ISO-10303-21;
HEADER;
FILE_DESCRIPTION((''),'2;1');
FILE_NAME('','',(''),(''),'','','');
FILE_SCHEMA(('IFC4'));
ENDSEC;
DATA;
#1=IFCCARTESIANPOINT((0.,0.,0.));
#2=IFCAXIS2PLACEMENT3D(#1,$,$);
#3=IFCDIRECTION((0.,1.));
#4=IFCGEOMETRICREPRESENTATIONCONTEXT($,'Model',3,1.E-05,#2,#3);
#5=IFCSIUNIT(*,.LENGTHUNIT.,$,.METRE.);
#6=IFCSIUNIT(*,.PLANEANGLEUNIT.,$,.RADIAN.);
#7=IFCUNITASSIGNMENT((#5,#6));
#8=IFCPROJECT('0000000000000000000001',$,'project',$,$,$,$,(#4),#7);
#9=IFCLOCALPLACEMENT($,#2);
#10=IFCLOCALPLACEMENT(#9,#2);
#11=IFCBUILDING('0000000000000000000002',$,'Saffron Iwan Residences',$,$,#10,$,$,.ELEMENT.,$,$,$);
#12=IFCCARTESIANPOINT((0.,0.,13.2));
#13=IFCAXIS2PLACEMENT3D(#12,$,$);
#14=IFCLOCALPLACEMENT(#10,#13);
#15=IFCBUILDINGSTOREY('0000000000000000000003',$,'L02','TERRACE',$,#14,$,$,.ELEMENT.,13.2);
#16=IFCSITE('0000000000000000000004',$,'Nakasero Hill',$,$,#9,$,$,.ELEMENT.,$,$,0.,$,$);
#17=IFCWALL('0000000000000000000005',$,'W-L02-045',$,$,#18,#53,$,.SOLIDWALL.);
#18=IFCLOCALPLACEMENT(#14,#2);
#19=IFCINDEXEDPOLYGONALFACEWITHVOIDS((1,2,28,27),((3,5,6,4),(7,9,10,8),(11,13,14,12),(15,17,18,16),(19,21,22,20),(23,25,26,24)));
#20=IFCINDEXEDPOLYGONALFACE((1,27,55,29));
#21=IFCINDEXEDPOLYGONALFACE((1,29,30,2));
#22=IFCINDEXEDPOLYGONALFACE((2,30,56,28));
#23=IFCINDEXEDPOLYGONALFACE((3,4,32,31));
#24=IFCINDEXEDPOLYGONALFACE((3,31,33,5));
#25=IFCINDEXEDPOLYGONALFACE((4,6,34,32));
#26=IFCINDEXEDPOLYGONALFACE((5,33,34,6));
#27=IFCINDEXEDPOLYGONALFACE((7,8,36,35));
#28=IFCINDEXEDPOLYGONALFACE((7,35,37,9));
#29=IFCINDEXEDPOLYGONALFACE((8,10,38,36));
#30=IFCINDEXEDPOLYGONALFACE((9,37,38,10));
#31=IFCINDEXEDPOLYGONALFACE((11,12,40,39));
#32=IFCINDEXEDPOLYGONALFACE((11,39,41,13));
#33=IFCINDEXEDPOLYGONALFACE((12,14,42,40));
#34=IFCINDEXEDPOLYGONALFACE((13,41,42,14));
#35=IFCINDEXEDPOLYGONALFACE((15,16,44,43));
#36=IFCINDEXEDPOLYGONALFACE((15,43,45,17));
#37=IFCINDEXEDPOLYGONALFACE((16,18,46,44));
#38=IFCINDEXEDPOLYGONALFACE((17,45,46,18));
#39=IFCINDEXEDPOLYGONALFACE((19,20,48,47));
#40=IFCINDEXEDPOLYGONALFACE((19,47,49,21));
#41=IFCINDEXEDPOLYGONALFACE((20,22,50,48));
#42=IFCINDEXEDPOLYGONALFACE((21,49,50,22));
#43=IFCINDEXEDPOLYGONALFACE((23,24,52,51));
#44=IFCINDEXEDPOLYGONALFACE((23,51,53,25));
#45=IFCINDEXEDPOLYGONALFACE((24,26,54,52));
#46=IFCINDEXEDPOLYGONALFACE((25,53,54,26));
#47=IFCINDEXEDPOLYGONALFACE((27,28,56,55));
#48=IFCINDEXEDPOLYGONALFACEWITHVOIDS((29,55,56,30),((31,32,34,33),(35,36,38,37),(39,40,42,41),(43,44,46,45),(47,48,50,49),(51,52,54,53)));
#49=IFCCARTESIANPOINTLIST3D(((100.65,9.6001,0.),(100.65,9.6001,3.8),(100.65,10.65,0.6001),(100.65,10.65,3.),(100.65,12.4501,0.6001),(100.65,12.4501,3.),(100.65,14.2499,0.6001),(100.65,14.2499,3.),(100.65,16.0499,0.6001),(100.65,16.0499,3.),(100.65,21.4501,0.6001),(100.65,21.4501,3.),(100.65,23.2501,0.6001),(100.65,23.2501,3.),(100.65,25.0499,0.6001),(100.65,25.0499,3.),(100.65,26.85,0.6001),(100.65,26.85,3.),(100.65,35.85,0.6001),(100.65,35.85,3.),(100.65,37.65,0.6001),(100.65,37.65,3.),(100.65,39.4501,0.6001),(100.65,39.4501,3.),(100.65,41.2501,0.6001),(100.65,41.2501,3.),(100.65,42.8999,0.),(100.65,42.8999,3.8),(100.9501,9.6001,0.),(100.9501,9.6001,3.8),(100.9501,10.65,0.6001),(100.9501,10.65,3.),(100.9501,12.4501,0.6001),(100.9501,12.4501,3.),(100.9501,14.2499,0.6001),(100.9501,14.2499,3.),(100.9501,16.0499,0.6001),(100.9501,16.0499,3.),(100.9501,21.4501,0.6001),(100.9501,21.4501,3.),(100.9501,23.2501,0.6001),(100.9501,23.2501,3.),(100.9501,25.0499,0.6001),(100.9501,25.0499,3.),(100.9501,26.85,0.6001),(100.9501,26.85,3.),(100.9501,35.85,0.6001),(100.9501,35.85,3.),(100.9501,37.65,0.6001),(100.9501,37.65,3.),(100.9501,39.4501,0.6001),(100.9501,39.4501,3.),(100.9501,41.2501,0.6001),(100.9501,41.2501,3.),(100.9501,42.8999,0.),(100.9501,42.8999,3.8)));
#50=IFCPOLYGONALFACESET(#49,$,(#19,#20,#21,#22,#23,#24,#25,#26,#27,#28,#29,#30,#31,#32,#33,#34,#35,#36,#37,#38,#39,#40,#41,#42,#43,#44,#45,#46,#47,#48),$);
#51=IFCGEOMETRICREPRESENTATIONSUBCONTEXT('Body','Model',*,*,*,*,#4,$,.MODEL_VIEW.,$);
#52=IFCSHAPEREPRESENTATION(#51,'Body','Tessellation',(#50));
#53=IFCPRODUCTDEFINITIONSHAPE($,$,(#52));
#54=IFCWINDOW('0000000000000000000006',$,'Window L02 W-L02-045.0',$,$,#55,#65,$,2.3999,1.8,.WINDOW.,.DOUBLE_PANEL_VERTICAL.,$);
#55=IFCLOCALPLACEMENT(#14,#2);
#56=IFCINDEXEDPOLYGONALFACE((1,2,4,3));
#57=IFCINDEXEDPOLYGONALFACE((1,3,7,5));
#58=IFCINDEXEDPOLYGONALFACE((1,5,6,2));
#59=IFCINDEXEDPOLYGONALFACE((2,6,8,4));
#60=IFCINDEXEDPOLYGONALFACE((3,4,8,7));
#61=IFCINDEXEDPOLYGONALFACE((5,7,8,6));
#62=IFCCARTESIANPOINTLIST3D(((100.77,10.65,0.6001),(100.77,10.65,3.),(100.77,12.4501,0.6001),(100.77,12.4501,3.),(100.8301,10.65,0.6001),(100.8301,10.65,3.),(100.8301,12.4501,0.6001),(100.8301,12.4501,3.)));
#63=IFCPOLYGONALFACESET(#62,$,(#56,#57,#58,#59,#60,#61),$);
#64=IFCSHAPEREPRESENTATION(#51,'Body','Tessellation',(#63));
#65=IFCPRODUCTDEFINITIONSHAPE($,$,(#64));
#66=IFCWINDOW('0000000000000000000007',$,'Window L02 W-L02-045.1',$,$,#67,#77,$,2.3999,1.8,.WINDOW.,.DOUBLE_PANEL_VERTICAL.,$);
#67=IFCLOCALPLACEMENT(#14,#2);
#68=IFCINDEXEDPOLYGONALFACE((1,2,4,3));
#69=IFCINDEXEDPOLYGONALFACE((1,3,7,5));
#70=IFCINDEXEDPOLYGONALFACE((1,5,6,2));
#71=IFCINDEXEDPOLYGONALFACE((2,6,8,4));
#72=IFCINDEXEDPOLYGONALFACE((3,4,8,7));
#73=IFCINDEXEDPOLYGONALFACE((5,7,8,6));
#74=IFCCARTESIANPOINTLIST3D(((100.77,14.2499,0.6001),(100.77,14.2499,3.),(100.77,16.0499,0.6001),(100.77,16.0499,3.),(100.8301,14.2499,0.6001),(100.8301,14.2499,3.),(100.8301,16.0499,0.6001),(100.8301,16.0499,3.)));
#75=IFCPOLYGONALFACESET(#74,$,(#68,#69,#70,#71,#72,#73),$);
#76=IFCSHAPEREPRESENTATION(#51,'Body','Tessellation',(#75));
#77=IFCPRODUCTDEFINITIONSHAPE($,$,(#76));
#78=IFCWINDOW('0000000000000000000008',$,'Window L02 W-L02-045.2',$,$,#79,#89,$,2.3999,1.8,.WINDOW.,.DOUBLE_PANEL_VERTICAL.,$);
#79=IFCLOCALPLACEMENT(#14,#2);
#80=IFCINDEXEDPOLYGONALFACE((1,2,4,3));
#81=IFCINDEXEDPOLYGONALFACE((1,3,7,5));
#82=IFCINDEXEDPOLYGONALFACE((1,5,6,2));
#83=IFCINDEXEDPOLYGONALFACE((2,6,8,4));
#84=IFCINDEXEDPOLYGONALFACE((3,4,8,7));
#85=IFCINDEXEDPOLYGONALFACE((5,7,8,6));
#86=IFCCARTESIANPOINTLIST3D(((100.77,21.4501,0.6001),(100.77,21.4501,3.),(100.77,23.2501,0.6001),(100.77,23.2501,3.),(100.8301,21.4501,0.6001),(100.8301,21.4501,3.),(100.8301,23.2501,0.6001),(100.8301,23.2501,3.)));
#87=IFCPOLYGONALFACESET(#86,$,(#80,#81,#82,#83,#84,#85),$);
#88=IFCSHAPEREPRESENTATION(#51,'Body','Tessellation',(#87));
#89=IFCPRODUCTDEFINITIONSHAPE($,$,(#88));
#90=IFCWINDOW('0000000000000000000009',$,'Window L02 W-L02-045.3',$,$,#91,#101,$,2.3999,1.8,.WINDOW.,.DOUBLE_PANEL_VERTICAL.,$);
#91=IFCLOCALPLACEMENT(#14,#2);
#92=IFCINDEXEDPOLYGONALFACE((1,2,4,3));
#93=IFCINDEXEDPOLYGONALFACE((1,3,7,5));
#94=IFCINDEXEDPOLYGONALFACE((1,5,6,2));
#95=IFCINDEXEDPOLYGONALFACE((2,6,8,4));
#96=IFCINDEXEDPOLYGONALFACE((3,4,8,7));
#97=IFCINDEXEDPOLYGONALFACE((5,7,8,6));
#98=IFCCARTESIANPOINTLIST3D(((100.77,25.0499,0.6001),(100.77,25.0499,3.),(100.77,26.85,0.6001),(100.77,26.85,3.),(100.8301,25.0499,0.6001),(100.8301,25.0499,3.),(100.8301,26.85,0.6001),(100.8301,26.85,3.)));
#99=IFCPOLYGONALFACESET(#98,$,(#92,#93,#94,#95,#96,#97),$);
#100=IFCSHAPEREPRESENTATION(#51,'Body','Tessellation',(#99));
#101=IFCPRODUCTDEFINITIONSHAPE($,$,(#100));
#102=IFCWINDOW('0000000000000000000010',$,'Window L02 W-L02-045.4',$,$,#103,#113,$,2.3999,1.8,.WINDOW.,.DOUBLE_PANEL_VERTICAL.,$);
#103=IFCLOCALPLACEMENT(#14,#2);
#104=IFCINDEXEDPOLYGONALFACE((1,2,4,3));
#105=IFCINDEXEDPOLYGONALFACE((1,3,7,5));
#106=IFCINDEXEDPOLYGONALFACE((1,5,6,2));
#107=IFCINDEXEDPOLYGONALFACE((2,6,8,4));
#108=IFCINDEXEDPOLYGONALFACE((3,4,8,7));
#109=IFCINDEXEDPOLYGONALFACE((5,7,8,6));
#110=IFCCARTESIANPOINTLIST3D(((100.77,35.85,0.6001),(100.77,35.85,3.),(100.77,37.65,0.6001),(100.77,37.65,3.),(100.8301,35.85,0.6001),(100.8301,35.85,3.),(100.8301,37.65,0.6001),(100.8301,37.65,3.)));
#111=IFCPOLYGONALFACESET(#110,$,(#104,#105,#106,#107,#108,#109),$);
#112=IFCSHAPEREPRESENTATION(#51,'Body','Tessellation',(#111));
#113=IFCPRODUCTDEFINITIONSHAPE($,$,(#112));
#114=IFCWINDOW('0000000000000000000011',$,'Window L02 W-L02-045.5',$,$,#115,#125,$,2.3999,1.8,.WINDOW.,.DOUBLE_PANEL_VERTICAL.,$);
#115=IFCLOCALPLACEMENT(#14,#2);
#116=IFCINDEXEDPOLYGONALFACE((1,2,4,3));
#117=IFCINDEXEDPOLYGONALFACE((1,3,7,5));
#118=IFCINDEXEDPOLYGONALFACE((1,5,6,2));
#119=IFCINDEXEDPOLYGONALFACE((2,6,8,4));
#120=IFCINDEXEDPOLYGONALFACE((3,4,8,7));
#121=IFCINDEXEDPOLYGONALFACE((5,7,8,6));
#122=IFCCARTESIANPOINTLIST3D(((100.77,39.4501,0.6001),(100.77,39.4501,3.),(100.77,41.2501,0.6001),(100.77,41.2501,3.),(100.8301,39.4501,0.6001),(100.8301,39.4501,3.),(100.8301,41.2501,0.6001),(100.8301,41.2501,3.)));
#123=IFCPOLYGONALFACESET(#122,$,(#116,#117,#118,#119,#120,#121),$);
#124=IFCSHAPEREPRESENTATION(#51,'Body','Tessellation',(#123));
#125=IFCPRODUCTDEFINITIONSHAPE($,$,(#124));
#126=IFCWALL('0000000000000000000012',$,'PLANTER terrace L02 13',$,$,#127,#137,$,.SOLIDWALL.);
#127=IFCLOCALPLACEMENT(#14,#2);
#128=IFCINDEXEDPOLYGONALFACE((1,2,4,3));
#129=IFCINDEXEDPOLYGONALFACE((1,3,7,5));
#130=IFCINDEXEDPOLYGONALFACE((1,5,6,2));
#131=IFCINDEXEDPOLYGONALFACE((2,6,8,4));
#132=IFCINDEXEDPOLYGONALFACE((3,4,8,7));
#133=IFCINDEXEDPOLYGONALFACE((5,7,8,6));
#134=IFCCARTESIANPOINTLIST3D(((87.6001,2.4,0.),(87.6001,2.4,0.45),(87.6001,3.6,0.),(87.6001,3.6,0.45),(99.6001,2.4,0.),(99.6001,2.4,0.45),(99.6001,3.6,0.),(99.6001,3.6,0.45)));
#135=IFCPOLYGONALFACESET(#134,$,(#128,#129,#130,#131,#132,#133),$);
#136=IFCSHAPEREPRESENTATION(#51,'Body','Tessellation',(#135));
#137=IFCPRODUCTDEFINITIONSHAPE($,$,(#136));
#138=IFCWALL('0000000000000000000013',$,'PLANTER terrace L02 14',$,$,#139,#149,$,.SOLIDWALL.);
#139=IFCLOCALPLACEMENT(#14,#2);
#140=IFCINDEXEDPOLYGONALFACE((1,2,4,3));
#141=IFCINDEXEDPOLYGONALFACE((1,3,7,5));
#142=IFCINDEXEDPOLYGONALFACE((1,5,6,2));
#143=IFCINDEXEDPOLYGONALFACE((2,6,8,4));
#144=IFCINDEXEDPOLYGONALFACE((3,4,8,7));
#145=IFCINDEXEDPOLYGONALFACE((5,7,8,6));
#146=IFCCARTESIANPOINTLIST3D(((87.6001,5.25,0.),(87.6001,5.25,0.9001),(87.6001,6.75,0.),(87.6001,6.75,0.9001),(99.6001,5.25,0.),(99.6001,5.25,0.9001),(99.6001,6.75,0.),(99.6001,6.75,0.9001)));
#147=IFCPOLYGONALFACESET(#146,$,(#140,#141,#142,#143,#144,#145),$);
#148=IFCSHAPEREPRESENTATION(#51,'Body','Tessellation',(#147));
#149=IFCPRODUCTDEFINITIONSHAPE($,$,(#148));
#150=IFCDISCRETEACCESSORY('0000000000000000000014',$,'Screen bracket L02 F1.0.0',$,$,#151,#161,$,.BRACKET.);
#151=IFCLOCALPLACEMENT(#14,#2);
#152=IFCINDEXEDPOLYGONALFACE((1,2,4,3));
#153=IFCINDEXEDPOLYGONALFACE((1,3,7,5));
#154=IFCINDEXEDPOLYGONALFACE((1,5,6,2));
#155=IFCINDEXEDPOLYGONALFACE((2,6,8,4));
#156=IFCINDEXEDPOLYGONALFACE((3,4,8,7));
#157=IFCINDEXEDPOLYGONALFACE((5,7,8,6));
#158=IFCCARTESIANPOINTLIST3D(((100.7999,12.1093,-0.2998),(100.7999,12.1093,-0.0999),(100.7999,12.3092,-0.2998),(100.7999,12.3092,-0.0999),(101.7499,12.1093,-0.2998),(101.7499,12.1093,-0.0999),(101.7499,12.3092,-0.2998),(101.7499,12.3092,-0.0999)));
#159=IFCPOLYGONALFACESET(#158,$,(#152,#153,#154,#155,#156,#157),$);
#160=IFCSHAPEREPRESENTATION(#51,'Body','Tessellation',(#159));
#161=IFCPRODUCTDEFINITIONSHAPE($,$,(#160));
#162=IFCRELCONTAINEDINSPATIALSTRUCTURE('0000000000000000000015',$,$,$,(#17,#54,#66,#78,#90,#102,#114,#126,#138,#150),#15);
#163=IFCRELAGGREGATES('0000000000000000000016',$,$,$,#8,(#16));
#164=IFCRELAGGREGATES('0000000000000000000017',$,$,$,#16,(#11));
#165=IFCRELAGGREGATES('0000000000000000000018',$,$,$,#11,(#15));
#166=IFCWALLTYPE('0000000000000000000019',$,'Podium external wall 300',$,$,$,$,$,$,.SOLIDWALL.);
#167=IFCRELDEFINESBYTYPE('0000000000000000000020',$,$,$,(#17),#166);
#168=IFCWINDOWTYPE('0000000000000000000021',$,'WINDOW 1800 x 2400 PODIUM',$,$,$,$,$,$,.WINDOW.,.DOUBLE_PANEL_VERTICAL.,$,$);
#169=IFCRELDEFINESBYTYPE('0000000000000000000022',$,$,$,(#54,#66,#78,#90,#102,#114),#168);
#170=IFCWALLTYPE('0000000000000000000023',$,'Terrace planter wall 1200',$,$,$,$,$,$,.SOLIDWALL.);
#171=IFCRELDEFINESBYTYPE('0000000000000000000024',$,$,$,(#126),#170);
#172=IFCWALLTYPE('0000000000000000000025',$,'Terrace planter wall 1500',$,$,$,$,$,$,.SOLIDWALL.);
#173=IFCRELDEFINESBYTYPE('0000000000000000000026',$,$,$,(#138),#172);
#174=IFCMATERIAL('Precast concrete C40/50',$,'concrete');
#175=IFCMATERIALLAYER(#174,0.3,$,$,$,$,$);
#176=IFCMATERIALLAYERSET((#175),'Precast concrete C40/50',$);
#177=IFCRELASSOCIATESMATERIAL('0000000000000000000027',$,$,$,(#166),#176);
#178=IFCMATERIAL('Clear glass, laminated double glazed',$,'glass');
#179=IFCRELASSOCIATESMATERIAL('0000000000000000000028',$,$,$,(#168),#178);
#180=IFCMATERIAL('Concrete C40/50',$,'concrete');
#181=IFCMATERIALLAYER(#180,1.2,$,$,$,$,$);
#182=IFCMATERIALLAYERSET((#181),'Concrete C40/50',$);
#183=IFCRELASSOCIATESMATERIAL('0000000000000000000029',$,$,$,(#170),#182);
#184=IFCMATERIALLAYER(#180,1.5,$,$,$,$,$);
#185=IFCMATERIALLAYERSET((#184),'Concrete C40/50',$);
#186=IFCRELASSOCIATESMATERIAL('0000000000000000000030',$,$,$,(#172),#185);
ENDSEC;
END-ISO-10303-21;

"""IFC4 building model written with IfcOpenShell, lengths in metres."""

from ifc_helpers import new_model, si_unit, direction, frame, frame_2d, origin, origin_2d, place, context, subcontext, project, spatial, rectangle, extrude, source, transform, mapped, material, layer, layer_set, type_object, element, fill, save


model = new_model("IFC4")

# Units and contexts
model_context = context("Model", 3, precision=1e-05, world=origin(), true_north=direction((0.0, 1.0)))
body_context = subcontext(model_context, "Body", "Model", "MODEL_VIEW")
ifc_project = project(units=[si_unit("LENGTHUNIT", "METRE"), si_unit("PLANEANGLEUNIT", "RADIAN")], contexts=[model_context])

# Site, building, storey
site_placement = place(None, origin())
site = spatial("IfcSite", under=ifc_project, at=site_placement, Name="Nakasero Hill", CompositionType="ELEMENT", RefElevation=0.0)
building_placement = place(site_placement, origin())
building = spatial("IfcBuilding", under=site, at=building_placement, Name="Saffron Iwan Residences", CompositionType="ELEMENT")
storey_placement = place(building_placement, frame((0.0, 0.0, 13.2)))
storey = spatial("IfcBuildingStorey", under=building, at=storey_placement, Name="L02", Description="TERRACE", CompositionType="ELEMENT", Elevation=13.2)

# Shared definitions
ifc_material_1 = material(Name="Concrete C40/50", Category="concrete")

# Wall, openings, windows
ifc_material_2 = material(Name="Precast concrete C40/50", Category="concrete")
ifc_layer_1 = layer(ifc_material_2, 0.3)
ifc_layer_set_1 = layer_set([ifc_layer_1], Name="Precast concrete C40/50")
wall_type_1 = type_object("IfcWallType", Name="Podium external wall 300", PredefinedType="SOLIDWALL", material=ifc_layer_set_1)
wall_1_placement = place(storey_placement, frame((100.8, 9.6001, 0.0), z_axis=(0.0, 0.0, 1.0), x_axis=(0.0, 1.0, 0.0)))
wall_1 = element("IfcWall", 1, at=wall_1_placement, inside=storey, type_object=wall_type_1, Name="W-L02-045", PredefinedType="SOLIDWALL", context=body_context, shape_type="SweptSolid", body=[
    extrude(rectangle(XDim=33.2998, YDim=0.3, at=frame_2d((16.6499, 0.0))), origin(), (0.0, 0.0, 1.0), 3.8),
])
opening_1_placement = place(wall_1_placement, frame((1.05, 0.0, 0.6001)))
opening_1 = element("IfcOpeningElement", 2, at=opening_1_placement, cuts=wall_1, PredefinedType="OPENING", context=body_context, shape_type="SweptSolid", body=[
    extrude(rectangle(XDim=1.8, YDim=2.3999, at=frame_2d((0.8999, 1.2))), frame((0.0, 0.1602, 0.0), z_axis=(0.0, -1.0, 0.0), x_axis=(1.0, 0.0, 0.0)), (0.0, 0.0, 1.0), 0.3201),
])
opening_2_placement = place(wall_1_placement, frame((4.6499, 0.0, 0.6001)))
opening_2 = element("IfcOpeningElement", 3, at=opening_2_placement, cuts=wall_1, PredefinedType="OPENING", context=body_context, shape_type="SweptSolid", body=[
    extrude(rectangle(XDim=1.8, YDim=2.3999, at=frame_2d((0.8999, 1.2))), frame((0.0, 0.1602, 0.0), z_axis=(0.0, -1.0, 0.0), x_axis=(1.0, 0.0, 0.0)), (0.0, 0.0, 1.0), 0.3201),
])
opening_3_placement = place(wall_1_placement, frame((11.8501, 0.0, 0.6001)))
opening_3 = element("IfcOpeningElement", 4, at=opening_3_placement, cuts=wall_1, PredefinedType="OPENING", context=body_context, shape_type="SweptSolid", body=[
    extrude(rectangle(XDim=1.8, YDim=2.3999, at=frame_2d((0.8999, 1.2))), frame((0.0, 0.1602, 0.0), z_axis=(0.0, -1.0, 0.0), x_axis=(1.0, 0.0, 0.0)), (0.0, 0.0, 1.0), 0.3201),
])
opening_4_placement = place(wall_1_placement, frame((15.45, 0.0, 0.6001)))
opening_4 = element("IfcOpeningElement", 5, at=opening_4_placement, cuts=wall_1, PredefinedType="OPENING", context=body_context, shape_type="SweptSolid", body=[
    extrude(rectangle(XDim=1.8, YDim=2.3999, at=frame_2d((0.8999, 1.2))), frame((0.0, 0.1602, 0.0), z_axis=(0.0, -1.0, 0.0), x_axis=(1.0, 0.0, 0.0)), (0.0, 0.0, 1.0), 0.3201),
])
opening_5_placement = place(wall_1_placement, frame((26.25, 0.0, 0.6001)))
opening_5 = element("IfcOpeningElement", 6, at=opening_5_placement, cuts=wall_1, PredefinedType="OPENING", context=body_context, shape_type="SweptSolid", body=[
    extrude(rectangle(XDim=1.8, YDim=2.3999, at=frame_2d((0.8999, 1.2))), frame((0.0, 0.1602, 0.0), z_axis=(0.0, -1.0, 0.0), x_axis=(1.0, 0.0, 0.0)), (0.0, 0.0, 1.0), 0.3201),
])
opening_6_placement = place(wall_1_placement, frame((29.8501, 0.0, 0.6001)))
opening_6 = element("IfcOpeningElement", 7, at=opening_6_placement, cuts=wall_1, PredefinedType="OPENING", context=body_context, shape_type="SweptSolid", body=[
    extrude(rectangle(XDim=1.8, YDim=2.3999, at=frame_2d((0.8999, 1.2))), frame((0.0, 0.1602, 0.0), z_axis=(0.0, -1.0, 0.0), x_axis=(1.0, 0.0, 0.0)), (0.0, 0.0, 1.0), 0.3201),
])
ifc_material_3 = material(Name="Clear glass, laminated double glazed", Category="glass")
window_type = type_object("IfcWindowType", Name="WINDOW 1800 x 2400 PODIUM", PartitioningType="DOUBLE_PANEL_VERTICAL", PredefinedType="WINDOW", material=ifc_material_3)
window_1_placement = place(opening_1_placement, origin())
window_1 = element("IfcWindow", 8, at=window_1_placement, inside=storey, type_object=window_type, Name="Window L02 W-L02-045.0", OverallHeight=2.3999, OverallWidth=1.8, PartitioningType="DOUBLE_PANEL_VERTICAL", PredefinedType="WINDOW", context=body_context, shape_type="SweptSolid", body=[
    extrude(rectangle(XDim=1.8, YDim=2.3999, at=frame_2d((0.8999, 1.2))), frame((0.0, 0.03, 0.0), z_axis=(0.0, -1.0, 0.0), x_axis=(1.0, 0.0, 0.0)), (0.0, 0.0, 1.0), 0.0601),
])
fill(opening_1, window_1)
window_2_placement = place(opening_2_placement, origin())
window_2 = element("IfcWindow", 9, at=window_2_placement, inside=storey, type_object=window_type, Name="Window L02 W-L02-045.1", OverallHeight=2.3999, OverallWidth=1.8, PartitioningType="DOUBLE_PANEL_VERTICAL", PredefinedType="WINDOW", context=body_context, shape_type="SweptSolid", body=[
    extrude(rectangle(XDim=1.8, YDim=2.3999, at=frame_2d((0.8999, 1.2))), frame((0.0, 0.03, 0.0), z_axis=(0.0, -1.0, 0.0), x_axis=(1.0, 0.0, 0.0)), (0.0, 0.0, 1.0), 0.0601),
])
fill(opening_2, window_2)
window_3_placement = place(opening_3_placement, origin())
window_3 = element("IfcWindow", 10, at=window_3_placement, inside=storey, type_object=window_type, Name="Window L02 W-L02-045.2", OverallHeight=2.3999, OverallWidth=1.8, PartitioningType="DOUBLE_PANEL_VERTICAL", PredefinedType="WINDOW", context=body_context, shape_type="SweptSolid", body=[
    extrude(rectangle(XDim=1.8, YDim=2.3999, at=frame_2d((0.8999, 1.2))), frame((0.0, 0.03, 0.0), z_axis=(0.0, -1.0, 0.0), x_axis=(1.0, 0.0, 0.0)), (0.0, 0.0, 1.0), 0.0601),
])
fill(opening_3, window_3)
window_4_placement = place(opening_4_placement, origin())
window_4 = element("IfcWindow", 11, at=window_4_placement, inside=storey, type_object=window_type, Name="Window L02 W-L02-045.3", OverallHeight=2.3999, OverallWidth=1.8, PartitioningType="DOUBLE_PANEL_VERTICAL", PredefinedType="WINDOW", context=body_context, shape_type="SweptSolid", body=[
    extrude(rectangle(XDim=1.8, YDim=2.3999, at=frame_2d((0.8999, 1.2))), frame((0.0, 0.03, 0.0), z_axis=(0.0, -1.0, 0.0), x_axis=(1.0, 0.0, 0.0)), (0.0, 0.0, 1.0), 0.0601),
])
fill(opening_4, window_4)
window_5_placement = place(opening_5_placement, origin())
window_5 = element("IfcWindow", 12, at=window_5_placement, inside=storey, type_object=window_type, Name="Window L02 W-L02-045.4", OverallHeight=2.3999, OverallWidth=1.8, PartitioningType="DOUBLE_PANEL_VERTICAL", PredefinedType="WINDOW", context=body_context, shape_type="SweptSolid", body=[
    extrude(rectangle(XDim=1.8, YDim=2.3999, at=frame_2d((0.8999, 1.2))), frame((0.0, 0.03, 0.0), z_axis=(0.0, -1.0, 0.0), x_axis=(1.0, 0.0, 0.0)), (0.0, 0.0, 1.0), 0.0601),
])
fill(opening_5, window_5)
window_6_placement = place(opening_6_placement, origin())
window_6 = element("IfcWindow", 13, at=window_6_placement, inside=storey, type_object=window_type, Name="Window L02 W-L02-045.5", OverallHeight=2.3999, OverallWidth=1.8, PartitioningType="DOUBLE_PANEL_VERTICAL", PredefinedType="WINDOW", context=body_context, shape_type="SweptSolid", body=[
    extrude(rectangle(XDim=1.8, YDim=2.3999, at=frame_2d((0.8999, 1.2))), frame((0.0, 0.03, 0.0), z_axis=(0.0, -1.0, 0.0), x_axis=(1.0, 0.0, 0.0)), (0.0, 0.0, 1.0), 0.0601),
])
fill(opening_6, window_6)

# Walls
ifc_layer_2 = layer(ifc_material_1, 1.2)
ifc_layer_set_2 = layer_set([ifc_layer_2], Name="Concrete C40/50")
wall_type_2 = type_object("IfcWallType", Name="Terrace planter wall 1200", PredefinedType="SOLIDWALL", material=ifc_layer_set_2)
wall_2_placement = place(storey_placement, frame((87.6001, 3.0, 0.0), z_axis=(0.0, 0.0, 1.0), x_axis=(1.0, 0.0, 0.0)))
element("IfcWall", 14, at=wall_2_placement, inside=storey, type_object=wall_type_2, Name="PLANTER terrace L02 13", PredefinedType="SOLIDWALL", context=body_context, shape_type="SweptSolid", body=[
    extrude(rectangle(XDim=12.0, YDim=1.2, at=frame_2d((6.0, 0.0))), origin(), (0.0, 0.0, 1.0), 0.45),
])
ifc_layer_3 = layer(ifc_material_1, 1.5)
ifc_layer_set_3 = layer_set([ifc_layer_3], Name="Concrete C40/50")
wall_type_3 = type_object("IfcWallType", Name="Terrace planter wall 1500", PredefinedType="SOLIDWALL", material=ifc_layer_set_3)
wall_3_placement = place(storey_placement, frame((87.6001, 6.0, 0.0), z_axis=(0.0, 0.0, 1.0), x_axis=(1.0, 0.0, 0.0)))
element("IfcWall", 15, at=wall_3_placement, inside=storey, type_object=wall_type_3, Name="PLANTER terrace L02 14", PredefinedType="SOLIDWALL", context=body_context, shape_type="SweptSolid", body=[
    extrude(rectangle(XDim=12.0, YDim=1.5, at=frame_2d((6.0, 0.0))), origin(), (0.0, 0.0, 1.0), 0.9001),
])

# Discrete accessory
shared_shape_1 = source(origin(), body_context, "Body", "SweptSolid", [
    extrude(rectangle(XDim=0.95, YDim=0.2, at=origin_2d()), origin(), (0.0, 0.0, 1.0), 0.2),
])
for number, where, z_axis, x_axis, name in (
    (16, (101.2749, 12.2092, -0.2998), (0.0, 0.0, 1.0), (1.0, 0.0, 0.0), "Screen bracket L02 F1.0.0"),
):
    element("IfcDiscreteAccessory", number, at=place(storey_placement, frame(where, z_axis=z_axis, x_axis=x_axis)), inside=storey, Name=name, PredefinedType="BRACKET", context=body_context, shape_type="MappedRepresentation", body=[
        mapped(shared_shape_1, transform((0.0, 0.0, 0.0))),
    ])

save(model, "model.ifc")
